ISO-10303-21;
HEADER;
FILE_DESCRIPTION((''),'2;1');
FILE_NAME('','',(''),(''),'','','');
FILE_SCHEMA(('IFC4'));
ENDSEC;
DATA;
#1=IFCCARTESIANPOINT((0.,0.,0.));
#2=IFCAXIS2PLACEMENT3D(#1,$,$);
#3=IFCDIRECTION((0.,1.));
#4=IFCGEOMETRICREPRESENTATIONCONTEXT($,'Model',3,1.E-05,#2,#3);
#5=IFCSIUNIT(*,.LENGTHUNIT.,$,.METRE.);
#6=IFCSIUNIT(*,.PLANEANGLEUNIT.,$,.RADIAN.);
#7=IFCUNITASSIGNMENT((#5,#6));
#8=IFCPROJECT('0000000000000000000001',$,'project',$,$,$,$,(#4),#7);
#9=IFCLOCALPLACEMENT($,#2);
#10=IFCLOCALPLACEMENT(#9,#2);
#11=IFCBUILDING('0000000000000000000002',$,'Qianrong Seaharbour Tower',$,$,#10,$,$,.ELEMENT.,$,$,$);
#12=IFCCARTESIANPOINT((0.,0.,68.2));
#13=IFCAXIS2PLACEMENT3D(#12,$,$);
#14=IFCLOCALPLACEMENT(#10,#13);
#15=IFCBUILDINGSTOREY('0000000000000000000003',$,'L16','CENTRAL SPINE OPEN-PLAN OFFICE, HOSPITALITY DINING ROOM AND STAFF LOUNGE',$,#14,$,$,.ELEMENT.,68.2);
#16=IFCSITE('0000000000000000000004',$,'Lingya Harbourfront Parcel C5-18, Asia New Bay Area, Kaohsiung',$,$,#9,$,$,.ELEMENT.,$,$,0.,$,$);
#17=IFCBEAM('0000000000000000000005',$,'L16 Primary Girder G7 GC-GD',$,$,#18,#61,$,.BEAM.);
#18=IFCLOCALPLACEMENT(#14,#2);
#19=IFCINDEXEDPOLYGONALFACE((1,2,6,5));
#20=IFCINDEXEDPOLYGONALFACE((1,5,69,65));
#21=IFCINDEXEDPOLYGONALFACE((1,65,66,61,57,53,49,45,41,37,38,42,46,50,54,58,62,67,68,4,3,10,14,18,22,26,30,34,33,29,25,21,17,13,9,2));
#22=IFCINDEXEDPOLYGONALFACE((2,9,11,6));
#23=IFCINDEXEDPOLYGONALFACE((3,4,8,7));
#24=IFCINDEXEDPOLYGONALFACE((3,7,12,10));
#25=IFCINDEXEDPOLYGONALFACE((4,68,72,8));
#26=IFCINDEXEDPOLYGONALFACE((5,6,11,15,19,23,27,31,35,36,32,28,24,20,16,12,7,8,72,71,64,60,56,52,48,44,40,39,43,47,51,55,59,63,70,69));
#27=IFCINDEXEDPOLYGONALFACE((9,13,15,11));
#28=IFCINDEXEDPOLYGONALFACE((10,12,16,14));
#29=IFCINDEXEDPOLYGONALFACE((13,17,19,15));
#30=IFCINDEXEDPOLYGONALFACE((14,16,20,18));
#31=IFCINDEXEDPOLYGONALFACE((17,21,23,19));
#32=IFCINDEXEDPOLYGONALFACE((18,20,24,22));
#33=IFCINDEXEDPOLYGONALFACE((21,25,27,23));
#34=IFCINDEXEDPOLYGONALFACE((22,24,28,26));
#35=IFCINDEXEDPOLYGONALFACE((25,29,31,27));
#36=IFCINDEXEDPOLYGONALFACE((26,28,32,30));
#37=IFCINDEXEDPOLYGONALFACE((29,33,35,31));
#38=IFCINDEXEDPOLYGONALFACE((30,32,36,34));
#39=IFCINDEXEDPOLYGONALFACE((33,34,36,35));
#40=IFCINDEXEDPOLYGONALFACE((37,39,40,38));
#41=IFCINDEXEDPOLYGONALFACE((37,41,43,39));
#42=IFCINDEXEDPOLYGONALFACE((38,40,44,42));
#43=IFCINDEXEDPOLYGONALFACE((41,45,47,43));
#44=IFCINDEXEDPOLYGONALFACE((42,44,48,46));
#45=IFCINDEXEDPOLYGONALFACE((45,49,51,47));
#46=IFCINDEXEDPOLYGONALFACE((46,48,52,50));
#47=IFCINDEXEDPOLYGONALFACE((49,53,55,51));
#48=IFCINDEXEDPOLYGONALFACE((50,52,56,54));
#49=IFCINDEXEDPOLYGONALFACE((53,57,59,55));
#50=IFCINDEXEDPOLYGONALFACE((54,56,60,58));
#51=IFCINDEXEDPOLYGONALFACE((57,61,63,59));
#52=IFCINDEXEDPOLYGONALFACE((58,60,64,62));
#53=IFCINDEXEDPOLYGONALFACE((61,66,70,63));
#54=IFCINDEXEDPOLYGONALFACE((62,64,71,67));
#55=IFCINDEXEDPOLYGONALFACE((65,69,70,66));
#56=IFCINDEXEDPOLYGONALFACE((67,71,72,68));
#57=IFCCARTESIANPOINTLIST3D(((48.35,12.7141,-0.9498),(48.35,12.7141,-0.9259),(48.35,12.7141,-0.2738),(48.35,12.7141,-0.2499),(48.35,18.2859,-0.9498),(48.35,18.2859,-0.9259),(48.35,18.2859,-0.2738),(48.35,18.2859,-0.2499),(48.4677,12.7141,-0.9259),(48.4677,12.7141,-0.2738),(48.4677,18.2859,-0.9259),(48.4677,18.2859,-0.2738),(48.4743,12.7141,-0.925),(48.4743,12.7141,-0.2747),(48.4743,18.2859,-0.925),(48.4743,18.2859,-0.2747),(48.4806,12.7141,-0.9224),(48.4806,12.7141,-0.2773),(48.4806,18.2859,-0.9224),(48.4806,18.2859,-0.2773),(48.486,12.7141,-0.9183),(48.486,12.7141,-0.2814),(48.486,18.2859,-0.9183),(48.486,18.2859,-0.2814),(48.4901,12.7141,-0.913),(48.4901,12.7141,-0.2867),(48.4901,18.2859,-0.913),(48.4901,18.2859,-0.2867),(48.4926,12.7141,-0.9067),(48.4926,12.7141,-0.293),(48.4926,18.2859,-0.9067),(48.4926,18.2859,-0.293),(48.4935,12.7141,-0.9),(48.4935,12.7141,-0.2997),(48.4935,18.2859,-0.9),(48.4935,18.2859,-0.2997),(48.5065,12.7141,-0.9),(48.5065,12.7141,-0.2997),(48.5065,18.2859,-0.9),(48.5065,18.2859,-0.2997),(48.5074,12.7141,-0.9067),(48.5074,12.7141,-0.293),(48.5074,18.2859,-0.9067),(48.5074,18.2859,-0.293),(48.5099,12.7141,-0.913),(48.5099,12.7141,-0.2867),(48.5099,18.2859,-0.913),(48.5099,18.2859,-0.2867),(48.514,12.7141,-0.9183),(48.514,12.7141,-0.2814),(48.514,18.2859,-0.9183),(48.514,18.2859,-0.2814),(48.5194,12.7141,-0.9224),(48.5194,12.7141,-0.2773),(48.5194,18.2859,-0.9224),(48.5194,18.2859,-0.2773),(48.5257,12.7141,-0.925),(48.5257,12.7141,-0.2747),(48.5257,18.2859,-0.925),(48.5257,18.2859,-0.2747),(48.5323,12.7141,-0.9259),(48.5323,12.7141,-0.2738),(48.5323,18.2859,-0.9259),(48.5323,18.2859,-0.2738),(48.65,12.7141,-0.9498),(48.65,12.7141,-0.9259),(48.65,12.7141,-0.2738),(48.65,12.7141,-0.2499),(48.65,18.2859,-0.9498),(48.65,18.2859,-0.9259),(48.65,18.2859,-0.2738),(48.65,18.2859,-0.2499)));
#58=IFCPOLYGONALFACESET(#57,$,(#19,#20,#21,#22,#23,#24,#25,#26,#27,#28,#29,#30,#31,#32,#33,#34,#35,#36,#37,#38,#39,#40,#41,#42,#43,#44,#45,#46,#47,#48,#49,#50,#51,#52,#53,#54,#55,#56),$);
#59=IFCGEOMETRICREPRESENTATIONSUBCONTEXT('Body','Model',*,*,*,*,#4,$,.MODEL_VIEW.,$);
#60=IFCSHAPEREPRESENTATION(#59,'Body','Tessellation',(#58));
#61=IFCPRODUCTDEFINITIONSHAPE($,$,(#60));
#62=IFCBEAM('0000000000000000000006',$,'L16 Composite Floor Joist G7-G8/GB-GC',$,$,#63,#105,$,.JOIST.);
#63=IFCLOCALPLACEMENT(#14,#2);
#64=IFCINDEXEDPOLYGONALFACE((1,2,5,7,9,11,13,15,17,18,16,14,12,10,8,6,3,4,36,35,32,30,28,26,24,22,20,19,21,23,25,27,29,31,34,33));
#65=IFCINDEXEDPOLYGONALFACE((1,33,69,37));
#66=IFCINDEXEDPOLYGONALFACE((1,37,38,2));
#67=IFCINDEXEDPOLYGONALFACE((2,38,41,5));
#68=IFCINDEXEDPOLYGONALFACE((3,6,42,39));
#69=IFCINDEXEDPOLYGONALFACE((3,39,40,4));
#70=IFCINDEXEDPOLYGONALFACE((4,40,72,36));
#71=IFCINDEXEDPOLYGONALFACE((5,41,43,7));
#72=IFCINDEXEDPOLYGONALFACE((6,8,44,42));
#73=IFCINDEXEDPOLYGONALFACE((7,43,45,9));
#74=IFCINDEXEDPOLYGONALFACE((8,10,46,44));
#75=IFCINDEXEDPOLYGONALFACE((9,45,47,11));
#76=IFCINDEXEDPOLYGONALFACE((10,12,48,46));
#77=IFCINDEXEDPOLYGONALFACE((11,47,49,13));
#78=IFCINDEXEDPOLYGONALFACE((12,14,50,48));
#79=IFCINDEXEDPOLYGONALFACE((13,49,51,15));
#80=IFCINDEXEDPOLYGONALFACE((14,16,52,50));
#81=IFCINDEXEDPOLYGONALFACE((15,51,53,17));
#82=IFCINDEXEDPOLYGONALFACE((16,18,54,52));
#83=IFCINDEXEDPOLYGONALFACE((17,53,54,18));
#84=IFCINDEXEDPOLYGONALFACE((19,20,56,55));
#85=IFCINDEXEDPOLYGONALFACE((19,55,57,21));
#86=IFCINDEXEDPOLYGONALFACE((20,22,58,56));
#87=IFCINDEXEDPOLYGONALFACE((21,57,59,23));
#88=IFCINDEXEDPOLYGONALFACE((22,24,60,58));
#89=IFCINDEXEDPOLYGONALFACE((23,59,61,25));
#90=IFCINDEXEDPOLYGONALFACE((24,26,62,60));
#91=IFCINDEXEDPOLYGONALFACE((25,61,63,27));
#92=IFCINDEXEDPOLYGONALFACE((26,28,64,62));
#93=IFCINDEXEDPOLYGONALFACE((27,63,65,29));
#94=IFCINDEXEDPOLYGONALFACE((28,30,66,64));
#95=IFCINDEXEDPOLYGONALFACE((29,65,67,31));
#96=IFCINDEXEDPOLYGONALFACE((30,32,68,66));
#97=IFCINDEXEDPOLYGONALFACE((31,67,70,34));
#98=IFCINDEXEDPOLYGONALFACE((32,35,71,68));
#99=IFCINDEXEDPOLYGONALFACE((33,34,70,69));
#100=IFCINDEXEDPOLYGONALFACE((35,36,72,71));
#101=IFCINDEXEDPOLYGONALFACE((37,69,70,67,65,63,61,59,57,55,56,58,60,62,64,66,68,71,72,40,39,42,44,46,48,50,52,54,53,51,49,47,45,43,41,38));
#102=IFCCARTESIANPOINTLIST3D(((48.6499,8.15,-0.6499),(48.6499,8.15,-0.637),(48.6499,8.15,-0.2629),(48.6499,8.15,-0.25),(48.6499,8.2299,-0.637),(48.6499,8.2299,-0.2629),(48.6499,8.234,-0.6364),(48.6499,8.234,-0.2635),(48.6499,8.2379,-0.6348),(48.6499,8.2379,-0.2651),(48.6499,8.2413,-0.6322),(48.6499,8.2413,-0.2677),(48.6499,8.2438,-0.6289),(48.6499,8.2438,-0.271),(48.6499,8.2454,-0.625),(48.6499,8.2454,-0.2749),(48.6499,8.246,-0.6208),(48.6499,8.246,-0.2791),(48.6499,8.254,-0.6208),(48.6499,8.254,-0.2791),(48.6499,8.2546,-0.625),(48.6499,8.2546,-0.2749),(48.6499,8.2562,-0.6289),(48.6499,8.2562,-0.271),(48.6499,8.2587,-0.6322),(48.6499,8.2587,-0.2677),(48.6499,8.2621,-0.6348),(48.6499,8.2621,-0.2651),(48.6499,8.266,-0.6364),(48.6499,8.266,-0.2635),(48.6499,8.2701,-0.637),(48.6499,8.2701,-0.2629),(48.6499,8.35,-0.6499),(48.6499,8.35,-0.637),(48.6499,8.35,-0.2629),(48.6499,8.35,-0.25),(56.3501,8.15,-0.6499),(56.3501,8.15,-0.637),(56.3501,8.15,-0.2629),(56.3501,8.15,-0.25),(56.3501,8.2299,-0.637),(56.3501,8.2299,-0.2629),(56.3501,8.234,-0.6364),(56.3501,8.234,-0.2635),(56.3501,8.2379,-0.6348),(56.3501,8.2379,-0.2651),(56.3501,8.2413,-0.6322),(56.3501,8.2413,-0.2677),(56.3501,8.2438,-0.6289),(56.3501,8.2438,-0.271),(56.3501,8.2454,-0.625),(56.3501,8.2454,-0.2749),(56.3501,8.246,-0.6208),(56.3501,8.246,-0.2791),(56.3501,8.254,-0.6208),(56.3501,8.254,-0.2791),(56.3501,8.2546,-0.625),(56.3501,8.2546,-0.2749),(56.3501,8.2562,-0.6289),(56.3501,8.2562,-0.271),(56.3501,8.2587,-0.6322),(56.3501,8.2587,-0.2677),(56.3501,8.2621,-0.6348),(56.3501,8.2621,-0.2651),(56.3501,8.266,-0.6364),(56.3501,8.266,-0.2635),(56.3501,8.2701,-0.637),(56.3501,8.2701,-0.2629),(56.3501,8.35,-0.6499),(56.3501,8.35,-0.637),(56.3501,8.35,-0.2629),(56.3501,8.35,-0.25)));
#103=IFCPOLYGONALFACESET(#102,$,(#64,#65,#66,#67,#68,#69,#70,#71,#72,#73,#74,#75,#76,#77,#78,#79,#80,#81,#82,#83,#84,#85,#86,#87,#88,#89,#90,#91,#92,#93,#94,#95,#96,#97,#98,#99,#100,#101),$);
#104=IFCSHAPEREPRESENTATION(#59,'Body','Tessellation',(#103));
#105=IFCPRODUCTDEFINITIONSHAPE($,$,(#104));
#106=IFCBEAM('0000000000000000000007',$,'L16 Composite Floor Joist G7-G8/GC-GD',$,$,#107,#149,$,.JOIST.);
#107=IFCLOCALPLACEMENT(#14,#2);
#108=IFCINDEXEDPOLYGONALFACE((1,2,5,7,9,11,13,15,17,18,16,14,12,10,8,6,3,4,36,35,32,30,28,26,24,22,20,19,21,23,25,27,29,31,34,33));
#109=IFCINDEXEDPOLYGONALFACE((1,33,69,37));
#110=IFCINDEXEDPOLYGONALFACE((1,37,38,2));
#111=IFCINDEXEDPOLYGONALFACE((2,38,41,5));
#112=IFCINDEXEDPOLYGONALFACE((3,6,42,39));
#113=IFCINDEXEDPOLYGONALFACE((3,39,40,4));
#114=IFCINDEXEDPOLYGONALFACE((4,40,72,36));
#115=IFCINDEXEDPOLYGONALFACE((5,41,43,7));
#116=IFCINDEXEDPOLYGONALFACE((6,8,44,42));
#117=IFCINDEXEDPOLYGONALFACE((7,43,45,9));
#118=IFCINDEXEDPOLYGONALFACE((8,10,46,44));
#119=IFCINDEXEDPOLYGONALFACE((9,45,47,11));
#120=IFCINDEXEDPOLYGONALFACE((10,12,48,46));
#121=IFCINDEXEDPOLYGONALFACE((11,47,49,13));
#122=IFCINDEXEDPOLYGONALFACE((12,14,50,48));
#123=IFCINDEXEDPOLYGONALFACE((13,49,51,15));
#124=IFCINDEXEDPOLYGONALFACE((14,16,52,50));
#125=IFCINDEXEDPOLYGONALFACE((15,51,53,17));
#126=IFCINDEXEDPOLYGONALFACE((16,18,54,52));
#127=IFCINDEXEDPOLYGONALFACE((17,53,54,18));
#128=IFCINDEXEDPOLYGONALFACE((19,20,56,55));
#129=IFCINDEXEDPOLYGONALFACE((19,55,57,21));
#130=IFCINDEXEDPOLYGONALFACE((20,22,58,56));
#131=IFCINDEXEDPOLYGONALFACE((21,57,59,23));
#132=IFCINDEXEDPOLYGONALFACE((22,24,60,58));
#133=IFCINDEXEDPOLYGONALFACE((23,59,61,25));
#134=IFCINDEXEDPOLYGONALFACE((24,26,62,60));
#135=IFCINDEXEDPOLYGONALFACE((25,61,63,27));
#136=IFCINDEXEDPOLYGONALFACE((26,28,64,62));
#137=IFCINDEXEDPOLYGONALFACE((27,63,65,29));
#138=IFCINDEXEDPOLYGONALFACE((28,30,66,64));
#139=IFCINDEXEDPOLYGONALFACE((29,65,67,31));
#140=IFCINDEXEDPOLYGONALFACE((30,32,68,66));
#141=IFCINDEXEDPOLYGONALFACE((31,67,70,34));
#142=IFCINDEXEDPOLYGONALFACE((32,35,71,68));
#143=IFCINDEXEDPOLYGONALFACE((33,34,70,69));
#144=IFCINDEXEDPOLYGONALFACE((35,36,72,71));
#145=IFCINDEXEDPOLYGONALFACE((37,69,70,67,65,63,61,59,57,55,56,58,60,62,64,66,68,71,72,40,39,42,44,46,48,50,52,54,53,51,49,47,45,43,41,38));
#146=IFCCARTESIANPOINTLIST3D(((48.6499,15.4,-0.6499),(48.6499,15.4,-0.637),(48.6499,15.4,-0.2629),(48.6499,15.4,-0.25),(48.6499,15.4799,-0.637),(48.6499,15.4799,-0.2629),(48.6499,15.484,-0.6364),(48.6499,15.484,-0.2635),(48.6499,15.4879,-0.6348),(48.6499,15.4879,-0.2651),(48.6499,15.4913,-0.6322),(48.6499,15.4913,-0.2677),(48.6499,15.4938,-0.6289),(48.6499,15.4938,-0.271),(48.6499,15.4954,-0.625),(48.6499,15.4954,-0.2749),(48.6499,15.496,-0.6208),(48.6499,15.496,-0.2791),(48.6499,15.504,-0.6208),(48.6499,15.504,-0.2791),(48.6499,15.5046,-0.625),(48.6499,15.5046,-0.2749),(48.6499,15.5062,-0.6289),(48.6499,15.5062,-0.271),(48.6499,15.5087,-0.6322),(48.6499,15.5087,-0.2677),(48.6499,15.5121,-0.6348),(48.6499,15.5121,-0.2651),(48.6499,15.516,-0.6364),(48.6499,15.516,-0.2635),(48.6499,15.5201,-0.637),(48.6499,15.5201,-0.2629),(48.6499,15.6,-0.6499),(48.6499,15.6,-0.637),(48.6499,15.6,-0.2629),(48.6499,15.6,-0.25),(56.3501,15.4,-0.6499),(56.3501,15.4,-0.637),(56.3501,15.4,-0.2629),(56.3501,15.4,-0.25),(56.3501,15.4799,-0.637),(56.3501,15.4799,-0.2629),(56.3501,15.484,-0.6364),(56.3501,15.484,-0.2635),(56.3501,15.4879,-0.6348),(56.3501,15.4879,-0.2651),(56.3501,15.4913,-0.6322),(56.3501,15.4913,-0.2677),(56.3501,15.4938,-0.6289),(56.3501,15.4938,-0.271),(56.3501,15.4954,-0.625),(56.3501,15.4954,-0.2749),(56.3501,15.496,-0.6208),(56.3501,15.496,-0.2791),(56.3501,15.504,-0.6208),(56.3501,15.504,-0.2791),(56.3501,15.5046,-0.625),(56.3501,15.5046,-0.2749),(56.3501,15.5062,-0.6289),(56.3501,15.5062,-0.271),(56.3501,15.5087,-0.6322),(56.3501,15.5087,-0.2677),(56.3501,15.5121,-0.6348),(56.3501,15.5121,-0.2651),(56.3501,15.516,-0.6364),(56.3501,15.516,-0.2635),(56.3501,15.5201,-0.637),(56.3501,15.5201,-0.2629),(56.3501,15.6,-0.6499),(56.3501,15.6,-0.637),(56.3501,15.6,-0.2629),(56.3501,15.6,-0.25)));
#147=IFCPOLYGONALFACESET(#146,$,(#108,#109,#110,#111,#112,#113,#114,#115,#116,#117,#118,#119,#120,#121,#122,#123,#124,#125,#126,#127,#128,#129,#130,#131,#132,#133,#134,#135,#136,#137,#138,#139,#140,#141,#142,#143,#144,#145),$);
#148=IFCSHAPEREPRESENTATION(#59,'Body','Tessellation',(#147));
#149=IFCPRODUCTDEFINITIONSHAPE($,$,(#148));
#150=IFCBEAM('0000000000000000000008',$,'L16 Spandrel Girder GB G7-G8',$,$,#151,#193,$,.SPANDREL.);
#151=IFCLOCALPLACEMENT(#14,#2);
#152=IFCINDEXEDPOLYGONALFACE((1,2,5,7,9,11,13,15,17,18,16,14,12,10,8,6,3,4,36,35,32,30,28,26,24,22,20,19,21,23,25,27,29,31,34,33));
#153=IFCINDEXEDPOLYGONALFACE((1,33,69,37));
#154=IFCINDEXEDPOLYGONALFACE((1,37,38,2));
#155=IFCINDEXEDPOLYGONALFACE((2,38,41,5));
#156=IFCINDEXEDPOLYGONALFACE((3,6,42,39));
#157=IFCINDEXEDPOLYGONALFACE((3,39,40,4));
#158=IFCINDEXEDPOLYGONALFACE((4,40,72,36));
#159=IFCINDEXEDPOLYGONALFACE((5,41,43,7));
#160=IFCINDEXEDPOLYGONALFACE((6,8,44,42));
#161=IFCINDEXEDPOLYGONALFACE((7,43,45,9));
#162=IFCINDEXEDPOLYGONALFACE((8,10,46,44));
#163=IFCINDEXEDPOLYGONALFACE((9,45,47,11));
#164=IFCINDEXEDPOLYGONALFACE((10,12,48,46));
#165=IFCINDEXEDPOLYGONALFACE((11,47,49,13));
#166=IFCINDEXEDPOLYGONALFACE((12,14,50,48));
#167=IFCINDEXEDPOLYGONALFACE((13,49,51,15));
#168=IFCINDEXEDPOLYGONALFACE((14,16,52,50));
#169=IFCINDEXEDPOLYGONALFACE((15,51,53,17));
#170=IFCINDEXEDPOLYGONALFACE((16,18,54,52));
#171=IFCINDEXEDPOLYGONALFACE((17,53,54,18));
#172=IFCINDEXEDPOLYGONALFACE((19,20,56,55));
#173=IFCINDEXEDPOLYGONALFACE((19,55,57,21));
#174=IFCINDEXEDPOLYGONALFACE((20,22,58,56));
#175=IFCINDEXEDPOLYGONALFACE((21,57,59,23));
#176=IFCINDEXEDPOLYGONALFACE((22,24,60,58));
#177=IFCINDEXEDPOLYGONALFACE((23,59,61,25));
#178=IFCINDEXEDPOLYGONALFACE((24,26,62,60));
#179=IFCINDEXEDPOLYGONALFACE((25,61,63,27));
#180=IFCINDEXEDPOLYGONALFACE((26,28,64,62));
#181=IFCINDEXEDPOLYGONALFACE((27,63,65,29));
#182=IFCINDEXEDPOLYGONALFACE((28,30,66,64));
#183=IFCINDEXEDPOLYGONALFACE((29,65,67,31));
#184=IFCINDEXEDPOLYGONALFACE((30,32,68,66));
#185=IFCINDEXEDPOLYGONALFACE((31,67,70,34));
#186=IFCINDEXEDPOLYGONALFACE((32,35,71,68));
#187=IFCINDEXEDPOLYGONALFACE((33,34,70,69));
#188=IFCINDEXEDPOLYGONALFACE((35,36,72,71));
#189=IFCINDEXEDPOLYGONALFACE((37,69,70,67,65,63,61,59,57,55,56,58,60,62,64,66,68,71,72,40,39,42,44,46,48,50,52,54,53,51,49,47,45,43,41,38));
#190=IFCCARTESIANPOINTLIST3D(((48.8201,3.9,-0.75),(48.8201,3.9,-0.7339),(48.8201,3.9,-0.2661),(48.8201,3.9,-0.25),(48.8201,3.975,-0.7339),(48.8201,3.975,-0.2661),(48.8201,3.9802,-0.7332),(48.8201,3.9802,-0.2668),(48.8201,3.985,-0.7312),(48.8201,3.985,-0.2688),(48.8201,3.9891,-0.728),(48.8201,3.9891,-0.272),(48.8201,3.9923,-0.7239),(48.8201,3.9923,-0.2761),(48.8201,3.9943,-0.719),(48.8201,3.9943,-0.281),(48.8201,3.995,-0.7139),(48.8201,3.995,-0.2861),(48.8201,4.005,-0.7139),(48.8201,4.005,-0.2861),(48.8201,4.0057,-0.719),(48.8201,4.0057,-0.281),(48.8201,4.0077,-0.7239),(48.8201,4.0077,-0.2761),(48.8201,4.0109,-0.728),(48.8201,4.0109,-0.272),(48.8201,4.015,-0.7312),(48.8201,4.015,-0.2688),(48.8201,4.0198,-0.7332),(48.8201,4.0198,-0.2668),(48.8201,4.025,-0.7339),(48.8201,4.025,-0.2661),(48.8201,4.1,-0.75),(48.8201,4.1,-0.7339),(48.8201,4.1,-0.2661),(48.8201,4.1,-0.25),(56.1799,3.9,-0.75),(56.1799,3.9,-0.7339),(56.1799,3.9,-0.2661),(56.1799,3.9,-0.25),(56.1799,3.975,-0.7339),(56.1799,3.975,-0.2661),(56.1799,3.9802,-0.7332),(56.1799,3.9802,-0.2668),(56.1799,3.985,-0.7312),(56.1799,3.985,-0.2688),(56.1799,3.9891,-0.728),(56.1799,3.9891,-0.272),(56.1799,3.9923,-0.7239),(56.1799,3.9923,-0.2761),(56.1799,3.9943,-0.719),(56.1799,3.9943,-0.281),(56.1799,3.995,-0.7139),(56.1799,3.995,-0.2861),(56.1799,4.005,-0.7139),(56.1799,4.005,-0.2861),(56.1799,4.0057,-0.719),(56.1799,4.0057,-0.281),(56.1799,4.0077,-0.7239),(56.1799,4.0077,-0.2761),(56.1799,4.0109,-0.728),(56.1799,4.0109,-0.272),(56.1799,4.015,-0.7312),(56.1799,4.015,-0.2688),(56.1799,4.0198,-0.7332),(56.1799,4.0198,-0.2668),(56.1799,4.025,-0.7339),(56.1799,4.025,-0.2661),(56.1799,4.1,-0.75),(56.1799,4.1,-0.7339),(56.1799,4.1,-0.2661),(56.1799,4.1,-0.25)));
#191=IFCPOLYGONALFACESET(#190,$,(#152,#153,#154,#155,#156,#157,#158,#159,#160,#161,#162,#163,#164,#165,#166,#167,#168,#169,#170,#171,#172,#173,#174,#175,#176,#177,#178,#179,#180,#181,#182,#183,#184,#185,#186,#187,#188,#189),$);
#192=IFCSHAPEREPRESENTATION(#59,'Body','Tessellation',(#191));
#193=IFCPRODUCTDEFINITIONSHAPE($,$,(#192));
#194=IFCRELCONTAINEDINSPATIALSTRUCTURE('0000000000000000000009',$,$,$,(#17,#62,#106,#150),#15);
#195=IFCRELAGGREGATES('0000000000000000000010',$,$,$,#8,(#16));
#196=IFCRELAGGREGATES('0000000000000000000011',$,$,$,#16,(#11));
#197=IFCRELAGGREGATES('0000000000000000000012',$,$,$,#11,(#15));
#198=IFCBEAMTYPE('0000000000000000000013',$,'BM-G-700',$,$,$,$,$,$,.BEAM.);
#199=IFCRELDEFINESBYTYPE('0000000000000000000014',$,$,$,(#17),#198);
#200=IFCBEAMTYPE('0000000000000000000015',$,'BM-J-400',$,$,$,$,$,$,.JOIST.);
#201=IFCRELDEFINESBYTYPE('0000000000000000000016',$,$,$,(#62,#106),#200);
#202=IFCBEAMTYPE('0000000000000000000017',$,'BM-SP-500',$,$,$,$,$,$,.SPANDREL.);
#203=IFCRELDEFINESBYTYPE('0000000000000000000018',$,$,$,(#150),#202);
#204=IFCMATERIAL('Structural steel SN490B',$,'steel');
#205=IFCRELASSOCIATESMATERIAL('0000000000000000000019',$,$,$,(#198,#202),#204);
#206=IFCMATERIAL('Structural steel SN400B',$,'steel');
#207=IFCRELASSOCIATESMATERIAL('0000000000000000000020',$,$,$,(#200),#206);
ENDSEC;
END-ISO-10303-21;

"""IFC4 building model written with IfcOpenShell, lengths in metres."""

from ifc_helpers import new_model, si_unit, direction, frame, origin, origin_2d, place, context, subcontext, project, spatial, i_section, extrude, material, material_profile, profile_set, type_object, element, save


model = new_model("IFC4")

# Units and contexts
model_context = context("Model", 3, precision=1e-05, world=origin(), true_north=direction((0.0, 1.0)))
body_context = subcontext(model_context, "Body", "Model", "MODEL_VIEW")
ifc_project = project(units=[si_unit("LENGTHUNIT", "METRE"), si_unit("PLANEANGLEUNIT", "RADIAN")], contexts=[model_context])

# Site, building, storey
site_placement = place(None, origin())
site = spatial("IfcSite", under=ifc_project, at=site_placement, Name="Lingya Harbourfront Parcel C5-18, Asia New Bay Area, Kaohsiung", CompositionType="ELEMENT", RefElevation=0.0)
building_placement = place(site_placement, origin())
building = spatial("IfcBuilding", under=site, at=building_placement, Name="Qianrong Seaharbour Tower", CompositionType="ELEMENT")
storey_placement = place(building_placement, frame((0.0, 0.0, 68.2)))
storey = spatial("IfcBuildingStorey", under=building, at=storey_placement, Name="L16", Description="CENTRAL SPINE OPEN-PLAN OFFICE, HOSPITALITY DINING ROOM AND STAFF LOUNGE", CompositionType="ELEMENT", Elevation=68.2)

# Shared definitions
ifc_material_1 = material(Name="Structural steel SN490B", Category="steel")

# Beams
ifc_material_profile_1 = material_profile(ifc_material_1, i_section(OverallWidth=0.3, OverallDepth=0.7, WebThickness=0.0129, FlangeThickness=0.0239, FilletRadius=0.0259, at=origin_2d()), Name="H700x300x13x24")
ifc_profile_set_1 = profile_set([ifc_material_profile_1], Name="Structural steel SN490B")
beam_type_1 = type_object("IfcBeamType", Name="BM-G-700", PredefinedType="BEAM", material=ifc_profile_set_1)
beam_1_placement = place(storey_placement, frame((48.5, 12.7141, -0.5999), z_axis=(0.0, 1.0, 0.0), x_axis=(-1.0, 0.0, 0.0)))
element("IfcBeam", 1, at=beam_1_placement, inside=storey, type_object=beam_type_1, Name="L16 Primary Girder G7 GC-GD", PredefinedType="BEAM", context=body_context, shape_type="SweptSolid", body=[
    extrude(i_section(OverallWidth=0.3, OverallDepth=0.7, WebThickness=0.0129, FlangeThickness=0.0239, FilletRadius=0.0259, at=origin_2d()), origin(), (0.0, 0.0, 1.0), 5.5718),
])
ifc_material_2 = material(Name="Structural steel SN400B", Category="steel")
ifc_material_profile_2 = material_profile(ifc_material_2, i_section(OverallWidth=0.2, OverallDepth=0.3999, WebThickness=0.0081, FlangeThickness=0.0129, FilletRadius=0.0161, at=origin_2d()), Name="H400x200x8x13")
ifc_profile_set_2 = profile_set([ifc_material_profile_2], Name="Structural steel SN400B")
beam_type_2 = type_object("IfcBeamType", Name="BM-J-400", PredefinedType="JOIST", material=ifc_profile_set_2)
for number, where, z_axis, x_axis, name in (
    (2, (48.6499, 8.25, -0.45), (1.0, 0.0, 0.0), (0.0, 1.0, 0.0), "L16 Composite Floor Joist G7-G8/GB-GC"),
    (3, (48.6499, 15.5, -0.45), (1.0, 0.0, 0.0), (0.0, 1.0, 0.0), "L16 Composite Floor Joist G7-G8/GC-GD"),
):
    element("IfcBeam", number, at=place(storey_placement, frame(where, z_axis=z_axis, x_axis=x_axis)), inside=storey, type_object=beam_type_2, Name=name, PredefinedType="JOIST", context=body_context, shape_type="SweptSolid", body=[
        extrude(i_section(OverallWidth=0.2, OverallDepth=0.3999, WebThickness=0.0081, FlangeThickness=0.0129, FilletRadius=0.0161, at=origin_2d()), origin(), (0.0, 0.0, 1.0), 7.7002),
    ])
ifc_material_profile_3 = material_profile(ifc_material_1, i_section(OverallWidth=0.2, OverallDepth=0.5, WebThickness=0.01, FlangeThickness=0.0161, FilletRadius=0.02, at=origin_2d()), Name="H500x200x10x16")
ifc_profile_set_3 = profile_set([ifc_material_profile_3], Name="Structural steel SN490B")
beam_type_3 = type_object("IfcBeamType", Name="BM-SP-500", PredefinedType="SPANDREL", material=ifc_profile_set_3)
beam_2_placement = place(storey_placement, frame((48.8201, 4.0, -0.5), z_axis=(1.0, 0.0, 0.0), x_axis=(0.0, 1.0, 0.0)))
element("IfcBeam", 4, at=beam_2_placement, inside=storey, type_object=beam_type_3, Name="L16 Spandrel Girder GB G7-G8", PredefinedType="SPANDREL", context=body_context, shape_type="SweptSolid", body=[
    extrude(i_section(OverallWidth=0.2, OverallDepth=0.5, WebThickness=0.01, FlangeThickness=0.0161, FilletRadius=0.02, at=origin_2d()), origin(), (0.0, 0.0, 1.0), 7.3599),
])

save(model, "model.ifc")
